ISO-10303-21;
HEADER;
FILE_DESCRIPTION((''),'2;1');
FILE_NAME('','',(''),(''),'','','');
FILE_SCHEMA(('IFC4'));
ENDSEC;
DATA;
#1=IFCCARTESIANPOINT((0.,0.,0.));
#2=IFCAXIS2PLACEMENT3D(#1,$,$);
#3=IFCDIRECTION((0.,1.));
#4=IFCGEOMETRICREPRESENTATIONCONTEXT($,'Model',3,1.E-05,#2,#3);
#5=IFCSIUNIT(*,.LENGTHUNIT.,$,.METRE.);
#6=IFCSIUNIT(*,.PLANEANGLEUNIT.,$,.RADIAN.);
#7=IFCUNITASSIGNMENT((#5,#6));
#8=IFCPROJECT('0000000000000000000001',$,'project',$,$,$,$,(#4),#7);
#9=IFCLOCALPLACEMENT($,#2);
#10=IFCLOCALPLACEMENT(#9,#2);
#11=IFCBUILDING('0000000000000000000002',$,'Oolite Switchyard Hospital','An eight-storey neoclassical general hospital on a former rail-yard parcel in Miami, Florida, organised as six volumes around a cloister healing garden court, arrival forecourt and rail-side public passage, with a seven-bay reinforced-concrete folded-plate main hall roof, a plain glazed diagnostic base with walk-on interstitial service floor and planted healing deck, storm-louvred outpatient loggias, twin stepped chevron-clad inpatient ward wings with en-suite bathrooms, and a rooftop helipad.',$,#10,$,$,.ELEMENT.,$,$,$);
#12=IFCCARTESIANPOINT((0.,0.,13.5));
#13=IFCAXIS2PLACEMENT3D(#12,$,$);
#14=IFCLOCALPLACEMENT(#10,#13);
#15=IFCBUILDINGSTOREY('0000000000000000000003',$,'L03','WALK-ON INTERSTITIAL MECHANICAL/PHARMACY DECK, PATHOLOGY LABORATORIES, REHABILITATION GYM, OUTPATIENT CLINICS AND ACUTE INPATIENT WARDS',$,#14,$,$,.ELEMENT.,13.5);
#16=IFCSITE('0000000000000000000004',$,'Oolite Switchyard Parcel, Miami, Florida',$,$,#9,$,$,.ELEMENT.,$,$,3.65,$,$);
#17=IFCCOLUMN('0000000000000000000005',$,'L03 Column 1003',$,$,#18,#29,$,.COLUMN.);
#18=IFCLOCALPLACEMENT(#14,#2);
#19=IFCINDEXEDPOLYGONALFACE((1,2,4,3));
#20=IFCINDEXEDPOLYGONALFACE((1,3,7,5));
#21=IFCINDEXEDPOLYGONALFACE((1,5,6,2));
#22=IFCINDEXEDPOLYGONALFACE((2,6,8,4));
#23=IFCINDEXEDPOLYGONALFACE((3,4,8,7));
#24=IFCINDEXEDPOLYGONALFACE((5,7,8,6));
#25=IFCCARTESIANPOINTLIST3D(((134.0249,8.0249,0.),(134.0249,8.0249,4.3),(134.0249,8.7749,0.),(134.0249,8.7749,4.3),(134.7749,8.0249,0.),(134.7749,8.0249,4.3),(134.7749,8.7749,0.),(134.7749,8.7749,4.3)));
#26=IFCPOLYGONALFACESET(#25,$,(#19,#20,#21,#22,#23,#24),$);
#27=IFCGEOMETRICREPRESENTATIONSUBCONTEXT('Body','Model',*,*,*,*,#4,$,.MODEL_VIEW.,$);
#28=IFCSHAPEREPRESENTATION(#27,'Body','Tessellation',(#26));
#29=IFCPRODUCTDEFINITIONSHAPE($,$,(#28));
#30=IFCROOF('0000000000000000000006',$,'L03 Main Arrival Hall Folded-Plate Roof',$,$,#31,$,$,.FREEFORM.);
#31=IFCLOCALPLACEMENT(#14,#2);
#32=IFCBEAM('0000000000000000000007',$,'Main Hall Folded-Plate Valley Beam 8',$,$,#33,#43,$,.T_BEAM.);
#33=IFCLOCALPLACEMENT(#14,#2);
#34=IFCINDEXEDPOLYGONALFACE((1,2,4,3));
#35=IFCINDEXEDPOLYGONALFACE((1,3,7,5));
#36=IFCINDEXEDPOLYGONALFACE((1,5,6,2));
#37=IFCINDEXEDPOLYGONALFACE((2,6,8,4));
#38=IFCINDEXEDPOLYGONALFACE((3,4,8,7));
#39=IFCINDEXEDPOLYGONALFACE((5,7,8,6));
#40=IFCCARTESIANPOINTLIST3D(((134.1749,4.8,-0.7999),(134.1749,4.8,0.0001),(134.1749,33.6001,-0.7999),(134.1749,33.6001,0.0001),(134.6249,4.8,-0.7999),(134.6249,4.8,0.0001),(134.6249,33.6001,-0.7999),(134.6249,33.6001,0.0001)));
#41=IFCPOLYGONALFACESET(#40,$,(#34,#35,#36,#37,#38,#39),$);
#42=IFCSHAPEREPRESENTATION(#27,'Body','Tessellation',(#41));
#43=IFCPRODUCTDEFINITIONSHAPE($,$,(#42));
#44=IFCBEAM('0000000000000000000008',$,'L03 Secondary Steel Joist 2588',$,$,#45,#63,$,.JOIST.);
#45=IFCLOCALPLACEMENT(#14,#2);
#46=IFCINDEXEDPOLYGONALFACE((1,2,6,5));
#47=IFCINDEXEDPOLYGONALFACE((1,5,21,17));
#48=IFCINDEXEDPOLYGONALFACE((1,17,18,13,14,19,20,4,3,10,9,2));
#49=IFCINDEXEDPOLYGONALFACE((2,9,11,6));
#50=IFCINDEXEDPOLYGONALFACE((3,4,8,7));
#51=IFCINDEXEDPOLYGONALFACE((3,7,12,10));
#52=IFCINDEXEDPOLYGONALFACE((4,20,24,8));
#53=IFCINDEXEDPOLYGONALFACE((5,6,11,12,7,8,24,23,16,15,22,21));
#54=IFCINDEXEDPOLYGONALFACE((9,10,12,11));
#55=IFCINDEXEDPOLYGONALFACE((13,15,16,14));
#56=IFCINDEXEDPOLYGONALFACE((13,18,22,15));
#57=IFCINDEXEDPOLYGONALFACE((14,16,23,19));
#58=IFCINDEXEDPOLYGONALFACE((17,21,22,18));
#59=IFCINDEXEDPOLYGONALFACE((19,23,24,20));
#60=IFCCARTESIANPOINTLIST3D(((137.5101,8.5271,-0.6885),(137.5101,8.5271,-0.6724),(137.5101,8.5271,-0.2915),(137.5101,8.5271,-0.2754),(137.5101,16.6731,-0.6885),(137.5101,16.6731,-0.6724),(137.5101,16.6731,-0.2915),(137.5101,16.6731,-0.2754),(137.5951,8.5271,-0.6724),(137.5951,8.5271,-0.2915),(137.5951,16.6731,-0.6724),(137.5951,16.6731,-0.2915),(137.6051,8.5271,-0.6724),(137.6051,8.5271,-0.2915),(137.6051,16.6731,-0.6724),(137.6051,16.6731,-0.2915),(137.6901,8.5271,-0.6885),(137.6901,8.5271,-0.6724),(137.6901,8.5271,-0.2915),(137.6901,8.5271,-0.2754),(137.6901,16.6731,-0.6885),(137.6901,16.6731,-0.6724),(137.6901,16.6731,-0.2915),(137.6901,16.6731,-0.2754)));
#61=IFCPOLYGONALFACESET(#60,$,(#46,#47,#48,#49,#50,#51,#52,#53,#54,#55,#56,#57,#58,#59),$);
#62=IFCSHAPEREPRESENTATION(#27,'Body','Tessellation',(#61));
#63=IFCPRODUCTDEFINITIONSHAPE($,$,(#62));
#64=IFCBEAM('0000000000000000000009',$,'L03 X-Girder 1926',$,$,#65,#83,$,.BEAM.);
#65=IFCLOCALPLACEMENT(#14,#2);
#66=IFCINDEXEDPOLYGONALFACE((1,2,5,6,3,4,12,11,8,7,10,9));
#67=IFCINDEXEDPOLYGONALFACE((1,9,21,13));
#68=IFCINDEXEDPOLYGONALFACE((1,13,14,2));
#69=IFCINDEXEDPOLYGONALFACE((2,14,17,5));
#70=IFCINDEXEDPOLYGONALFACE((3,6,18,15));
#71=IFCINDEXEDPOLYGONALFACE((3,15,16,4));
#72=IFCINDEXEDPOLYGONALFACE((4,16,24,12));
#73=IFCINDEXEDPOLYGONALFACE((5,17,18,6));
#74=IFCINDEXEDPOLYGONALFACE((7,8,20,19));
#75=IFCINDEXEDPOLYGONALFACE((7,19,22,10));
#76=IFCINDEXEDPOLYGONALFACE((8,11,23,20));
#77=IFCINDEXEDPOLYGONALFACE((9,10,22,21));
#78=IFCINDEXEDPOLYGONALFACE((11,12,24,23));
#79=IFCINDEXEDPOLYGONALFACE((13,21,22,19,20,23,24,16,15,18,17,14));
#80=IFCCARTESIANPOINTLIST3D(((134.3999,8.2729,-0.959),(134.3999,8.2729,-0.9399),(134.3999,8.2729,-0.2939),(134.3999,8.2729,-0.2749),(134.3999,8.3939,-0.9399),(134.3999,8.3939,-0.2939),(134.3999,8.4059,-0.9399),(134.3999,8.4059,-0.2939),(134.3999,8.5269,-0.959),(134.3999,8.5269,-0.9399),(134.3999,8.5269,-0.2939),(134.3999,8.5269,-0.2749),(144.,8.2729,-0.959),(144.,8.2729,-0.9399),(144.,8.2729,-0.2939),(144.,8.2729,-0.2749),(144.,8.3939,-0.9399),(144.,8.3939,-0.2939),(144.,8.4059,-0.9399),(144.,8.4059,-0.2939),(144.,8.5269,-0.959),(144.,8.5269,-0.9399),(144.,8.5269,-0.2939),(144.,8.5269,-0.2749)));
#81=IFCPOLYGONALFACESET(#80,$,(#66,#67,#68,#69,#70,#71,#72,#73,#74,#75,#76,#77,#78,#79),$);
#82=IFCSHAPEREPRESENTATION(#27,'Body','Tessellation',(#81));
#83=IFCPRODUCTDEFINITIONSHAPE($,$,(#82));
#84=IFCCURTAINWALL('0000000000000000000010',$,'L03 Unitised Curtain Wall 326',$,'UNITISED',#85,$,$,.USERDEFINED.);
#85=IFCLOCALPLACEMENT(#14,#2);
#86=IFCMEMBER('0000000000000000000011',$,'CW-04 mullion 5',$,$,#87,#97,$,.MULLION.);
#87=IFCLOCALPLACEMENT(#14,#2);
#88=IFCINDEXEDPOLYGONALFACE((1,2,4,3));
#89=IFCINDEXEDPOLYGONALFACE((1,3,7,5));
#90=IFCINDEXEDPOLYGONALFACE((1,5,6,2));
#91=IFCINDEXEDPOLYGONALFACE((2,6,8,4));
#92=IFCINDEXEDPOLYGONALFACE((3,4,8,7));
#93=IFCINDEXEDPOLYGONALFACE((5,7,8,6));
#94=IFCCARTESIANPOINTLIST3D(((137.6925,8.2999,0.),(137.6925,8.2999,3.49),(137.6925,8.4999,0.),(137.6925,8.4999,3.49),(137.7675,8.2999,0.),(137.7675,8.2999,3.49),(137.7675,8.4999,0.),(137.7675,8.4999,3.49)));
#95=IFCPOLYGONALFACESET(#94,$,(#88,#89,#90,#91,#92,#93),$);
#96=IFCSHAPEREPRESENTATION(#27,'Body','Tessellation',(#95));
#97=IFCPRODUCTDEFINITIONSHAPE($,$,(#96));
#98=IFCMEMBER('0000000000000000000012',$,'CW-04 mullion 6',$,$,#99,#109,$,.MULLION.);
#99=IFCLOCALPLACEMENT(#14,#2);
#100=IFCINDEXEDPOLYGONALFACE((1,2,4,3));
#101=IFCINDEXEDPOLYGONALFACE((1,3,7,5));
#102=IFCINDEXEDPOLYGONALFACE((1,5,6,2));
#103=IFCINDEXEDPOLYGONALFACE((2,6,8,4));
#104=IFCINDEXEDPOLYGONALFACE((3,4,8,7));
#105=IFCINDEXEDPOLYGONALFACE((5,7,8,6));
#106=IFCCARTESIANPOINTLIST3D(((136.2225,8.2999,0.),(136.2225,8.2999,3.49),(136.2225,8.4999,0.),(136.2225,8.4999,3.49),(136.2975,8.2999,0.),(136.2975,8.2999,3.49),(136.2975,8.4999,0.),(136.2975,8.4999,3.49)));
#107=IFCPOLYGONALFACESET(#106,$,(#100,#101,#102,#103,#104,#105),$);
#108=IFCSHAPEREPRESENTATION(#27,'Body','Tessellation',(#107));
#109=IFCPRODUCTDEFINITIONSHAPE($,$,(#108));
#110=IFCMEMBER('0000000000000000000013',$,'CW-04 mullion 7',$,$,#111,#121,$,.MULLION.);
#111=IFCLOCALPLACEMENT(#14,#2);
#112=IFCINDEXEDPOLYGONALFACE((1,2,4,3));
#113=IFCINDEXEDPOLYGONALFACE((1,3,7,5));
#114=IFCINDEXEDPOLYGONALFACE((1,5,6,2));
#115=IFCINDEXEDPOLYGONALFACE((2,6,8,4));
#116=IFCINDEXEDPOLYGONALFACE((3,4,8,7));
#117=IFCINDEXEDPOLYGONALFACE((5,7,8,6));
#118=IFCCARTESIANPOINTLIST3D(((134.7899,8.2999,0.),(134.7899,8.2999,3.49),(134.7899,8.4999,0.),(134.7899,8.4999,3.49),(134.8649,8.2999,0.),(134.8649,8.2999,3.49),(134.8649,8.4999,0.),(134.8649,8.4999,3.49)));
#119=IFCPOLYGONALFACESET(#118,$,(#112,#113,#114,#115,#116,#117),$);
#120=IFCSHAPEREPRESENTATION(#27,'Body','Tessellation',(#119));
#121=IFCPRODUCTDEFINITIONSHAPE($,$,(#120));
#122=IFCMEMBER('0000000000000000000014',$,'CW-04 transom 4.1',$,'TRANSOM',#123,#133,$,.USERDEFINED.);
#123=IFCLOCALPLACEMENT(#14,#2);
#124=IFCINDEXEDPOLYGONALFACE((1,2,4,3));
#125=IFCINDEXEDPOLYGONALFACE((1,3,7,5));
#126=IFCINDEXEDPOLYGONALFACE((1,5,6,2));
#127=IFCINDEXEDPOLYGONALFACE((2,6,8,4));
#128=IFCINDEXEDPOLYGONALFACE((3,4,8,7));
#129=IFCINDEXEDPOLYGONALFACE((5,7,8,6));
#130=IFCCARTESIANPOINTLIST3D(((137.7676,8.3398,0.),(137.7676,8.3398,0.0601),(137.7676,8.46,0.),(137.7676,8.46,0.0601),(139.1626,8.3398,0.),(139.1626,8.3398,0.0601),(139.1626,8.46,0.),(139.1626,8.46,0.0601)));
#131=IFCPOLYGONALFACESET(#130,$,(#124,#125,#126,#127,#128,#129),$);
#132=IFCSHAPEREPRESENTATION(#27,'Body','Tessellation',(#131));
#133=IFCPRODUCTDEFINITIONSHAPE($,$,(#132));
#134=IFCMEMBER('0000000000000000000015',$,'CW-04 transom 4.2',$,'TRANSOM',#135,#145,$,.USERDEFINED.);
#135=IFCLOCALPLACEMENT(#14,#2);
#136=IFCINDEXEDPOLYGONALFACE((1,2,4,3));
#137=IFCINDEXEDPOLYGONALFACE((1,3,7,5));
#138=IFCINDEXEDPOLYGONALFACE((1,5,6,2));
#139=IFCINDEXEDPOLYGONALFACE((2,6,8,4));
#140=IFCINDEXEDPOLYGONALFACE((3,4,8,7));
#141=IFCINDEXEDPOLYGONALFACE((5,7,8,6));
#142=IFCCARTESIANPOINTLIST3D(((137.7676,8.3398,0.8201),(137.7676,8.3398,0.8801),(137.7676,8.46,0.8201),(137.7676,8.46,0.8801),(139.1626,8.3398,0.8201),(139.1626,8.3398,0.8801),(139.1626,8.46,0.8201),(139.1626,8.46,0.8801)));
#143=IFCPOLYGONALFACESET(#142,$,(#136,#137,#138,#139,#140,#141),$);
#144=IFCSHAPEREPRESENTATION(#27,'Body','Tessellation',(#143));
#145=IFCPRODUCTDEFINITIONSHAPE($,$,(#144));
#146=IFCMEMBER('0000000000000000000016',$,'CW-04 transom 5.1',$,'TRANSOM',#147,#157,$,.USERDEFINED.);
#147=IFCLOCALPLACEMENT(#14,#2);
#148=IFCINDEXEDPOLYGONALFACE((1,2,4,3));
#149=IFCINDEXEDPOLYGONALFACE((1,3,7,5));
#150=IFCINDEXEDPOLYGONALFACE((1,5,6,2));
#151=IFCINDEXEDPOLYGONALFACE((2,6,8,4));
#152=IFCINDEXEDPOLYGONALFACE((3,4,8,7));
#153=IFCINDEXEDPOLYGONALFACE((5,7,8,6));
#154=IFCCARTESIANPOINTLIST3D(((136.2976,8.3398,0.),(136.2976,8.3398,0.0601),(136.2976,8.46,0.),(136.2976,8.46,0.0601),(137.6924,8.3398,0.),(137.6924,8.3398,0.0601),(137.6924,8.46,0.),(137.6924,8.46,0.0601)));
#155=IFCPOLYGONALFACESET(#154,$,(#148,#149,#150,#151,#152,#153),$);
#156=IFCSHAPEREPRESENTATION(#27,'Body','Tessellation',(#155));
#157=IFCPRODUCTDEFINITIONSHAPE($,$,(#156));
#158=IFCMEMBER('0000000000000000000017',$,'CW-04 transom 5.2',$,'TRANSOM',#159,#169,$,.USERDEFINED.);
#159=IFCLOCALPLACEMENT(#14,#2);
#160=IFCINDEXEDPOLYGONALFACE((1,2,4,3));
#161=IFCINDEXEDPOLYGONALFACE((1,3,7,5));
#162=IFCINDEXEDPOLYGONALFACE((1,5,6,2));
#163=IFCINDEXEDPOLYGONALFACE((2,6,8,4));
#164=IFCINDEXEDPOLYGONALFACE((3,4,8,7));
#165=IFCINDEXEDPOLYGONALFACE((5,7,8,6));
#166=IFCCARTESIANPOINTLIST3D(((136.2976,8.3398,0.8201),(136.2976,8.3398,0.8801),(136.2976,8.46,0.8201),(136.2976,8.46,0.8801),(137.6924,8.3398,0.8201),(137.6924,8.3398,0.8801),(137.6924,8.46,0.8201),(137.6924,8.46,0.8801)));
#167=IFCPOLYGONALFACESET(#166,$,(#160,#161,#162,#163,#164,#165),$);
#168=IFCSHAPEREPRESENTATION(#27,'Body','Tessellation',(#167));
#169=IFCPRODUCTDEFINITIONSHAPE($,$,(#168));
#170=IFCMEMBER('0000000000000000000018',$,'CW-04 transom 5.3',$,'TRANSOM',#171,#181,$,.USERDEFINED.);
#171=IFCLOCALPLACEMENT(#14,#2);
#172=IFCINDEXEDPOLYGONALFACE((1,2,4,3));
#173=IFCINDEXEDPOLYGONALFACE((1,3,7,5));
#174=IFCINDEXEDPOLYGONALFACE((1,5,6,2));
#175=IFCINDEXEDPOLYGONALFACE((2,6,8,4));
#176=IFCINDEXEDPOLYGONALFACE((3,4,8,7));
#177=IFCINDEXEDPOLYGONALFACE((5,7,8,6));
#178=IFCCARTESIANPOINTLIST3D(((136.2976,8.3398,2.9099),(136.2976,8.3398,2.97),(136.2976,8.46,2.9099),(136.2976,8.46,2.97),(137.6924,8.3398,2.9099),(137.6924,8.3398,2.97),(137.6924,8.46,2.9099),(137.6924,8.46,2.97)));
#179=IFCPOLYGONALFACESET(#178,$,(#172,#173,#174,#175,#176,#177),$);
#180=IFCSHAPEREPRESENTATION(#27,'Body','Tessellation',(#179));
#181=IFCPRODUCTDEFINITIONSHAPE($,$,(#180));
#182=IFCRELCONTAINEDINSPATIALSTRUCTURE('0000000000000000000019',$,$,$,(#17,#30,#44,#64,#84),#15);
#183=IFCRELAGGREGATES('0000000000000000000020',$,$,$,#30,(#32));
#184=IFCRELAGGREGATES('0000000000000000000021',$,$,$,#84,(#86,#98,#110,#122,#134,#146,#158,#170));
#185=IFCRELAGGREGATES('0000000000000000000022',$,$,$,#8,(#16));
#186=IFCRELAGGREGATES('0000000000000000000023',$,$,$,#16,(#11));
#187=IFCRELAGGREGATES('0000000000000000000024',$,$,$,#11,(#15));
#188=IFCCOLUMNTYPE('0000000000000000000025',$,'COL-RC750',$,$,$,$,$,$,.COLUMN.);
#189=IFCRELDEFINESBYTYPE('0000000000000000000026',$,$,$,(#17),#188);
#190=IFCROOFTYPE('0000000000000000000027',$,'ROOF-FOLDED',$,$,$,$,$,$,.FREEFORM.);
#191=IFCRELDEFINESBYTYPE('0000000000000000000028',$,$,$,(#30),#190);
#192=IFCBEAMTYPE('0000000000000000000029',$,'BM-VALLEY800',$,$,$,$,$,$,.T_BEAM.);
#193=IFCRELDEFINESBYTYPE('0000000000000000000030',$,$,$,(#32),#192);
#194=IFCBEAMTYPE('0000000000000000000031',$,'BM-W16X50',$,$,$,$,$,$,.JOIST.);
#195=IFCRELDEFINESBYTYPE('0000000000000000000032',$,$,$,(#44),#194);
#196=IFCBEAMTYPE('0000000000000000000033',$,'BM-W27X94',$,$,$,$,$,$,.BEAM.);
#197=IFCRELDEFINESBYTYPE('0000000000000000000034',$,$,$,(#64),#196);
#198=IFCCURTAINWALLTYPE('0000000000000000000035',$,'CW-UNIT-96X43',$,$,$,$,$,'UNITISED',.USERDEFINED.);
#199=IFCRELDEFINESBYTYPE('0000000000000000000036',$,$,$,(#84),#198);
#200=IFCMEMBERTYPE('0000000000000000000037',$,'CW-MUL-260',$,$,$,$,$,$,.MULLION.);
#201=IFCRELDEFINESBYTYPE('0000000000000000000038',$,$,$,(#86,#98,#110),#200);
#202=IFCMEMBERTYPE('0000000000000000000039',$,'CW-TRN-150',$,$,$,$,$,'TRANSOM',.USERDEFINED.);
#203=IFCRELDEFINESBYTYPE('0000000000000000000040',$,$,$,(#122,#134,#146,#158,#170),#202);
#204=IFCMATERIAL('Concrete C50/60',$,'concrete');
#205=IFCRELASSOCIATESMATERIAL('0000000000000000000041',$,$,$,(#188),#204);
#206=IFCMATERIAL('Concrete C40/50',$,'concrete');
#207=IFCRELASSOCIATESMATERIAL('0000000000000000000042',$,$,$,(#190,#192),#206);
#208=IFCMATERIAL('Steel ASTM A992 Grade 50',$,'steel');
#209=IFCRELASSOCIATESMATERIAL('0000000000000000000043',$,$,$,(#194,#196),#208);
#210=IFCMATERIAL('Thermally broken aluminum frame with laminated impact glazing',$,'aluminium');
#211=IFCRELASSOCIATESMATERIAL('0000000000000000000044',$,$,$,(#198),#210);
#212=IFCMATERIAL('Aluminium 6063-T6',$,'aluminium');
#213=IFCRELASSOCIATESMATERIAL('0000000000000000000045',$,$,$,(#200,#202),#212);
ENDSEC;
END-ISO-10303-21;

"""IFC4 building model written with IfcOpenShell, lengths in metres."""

from ifc_helpers import new_model, si_unit, direction, frame, origin, origin_2d, place, context, subcontext, project, spatial, rectangle, i_section, extrude, material, material_profile, profile_set, type_object, element, aggregate, save


model = new_model("IFC4")

# Units and contexts
model_context = context("Model", 3, precision=1e-05, world=origin(), true_north=direction((0.0, 1.0)))
body_context = subcontext(model_context, "Body", "Model", "MODEL_VIEW")
ifc_project = project(units=[si_unit("LENGTHUNIT", "METRE"), si_unit("PLANEANGLEUNIT", "RADIAN")], contexts=[model_context])

# Site, building, storey
site_placement = place(None, origin())
site = spatial("IfcSite", under=ifc_project, at=site_placement, Name="Oolite Switchyard Parcel, Miami, Florida", CompositionType="ELEMENT", RefElevation=3.65)
building_placement = place(site_placement, origin())
building = spatial("IfcBuilding", under=site, at=building_placement, Name="Oolite Switchyard Hospital", Description="An eight-storey neoclassical general hospital on a former rail-yard parcel in Miami, Florida, organised as six volumes around a cloister healing garden court, arrival forecourt and rail-side public passage, with a seven-bay reinforced-concrete folded-plate main hall roof, a plain glazed diagnostic base with walk-on interstitial service floor and planted healing deck, storm-louvred outpatient loggias, twin stepped chevron-clad inpatient ward wings with en-suite bathrooms, and a rooftop helipad.", CompositionType="ELEMENT")
storey_placement = place(building_placement, frame((0.0, 0.0, 13.5)))
storey = spatial("IfcBuildingStorey", under=building, at=storey_placement, Name="L03", Description="WALK-ON INTERSTITIAL MECHANICAL/PHARMACY DECK, PATHOLOGY LABORATORIES, REHABILITATION GYM, OUTPATIENT CLINICS AND ACUTE INPATIENT WARDS", CompositionType="ELEMENT", Elevation=13.5)

# Column
ifc_material_1 = material(Name="Concrete C50/60", Category="concrete")
ifc_material_profile_1 = material_profile(ifc_material_1, rectangle(XDim=0.75, YDim=0.75, at=origin_2d()), Name="RC750X750")
ifc_profile_set_1 = profile_set([ifc_material_profile_1], Name="Concrete C50/60")
column_type = type_object("IfcColumnType", Name="COL-RC750", PredefinedType="COLUMN", material=ifc_profile_set_1)
column_placement = place(storey_placement, frame((134.3999, 8.3999, 0.0), z_axis=(0.0, 0.0, 1.0), x_axis=(1.0, 0.0, 0.0)))
element("IfcColumn", 1, at=column_placement, inside=storey, type_object=column_type, Name="L03 Column 1003", PredefinedType="COLUMN", context=body_context, shape_type="SweptSolid", body=[
    extrude(rectangle(XDim=0.75, YDim=0.75, at=origin_2d()), origin(), (0.0, 0.0, 1.0), 4.3),
])

# Roof, beam
ifc_material_2 = material(Name="Concrete C40/50", Category="concrete")
roof_type = type_object("IfcRoofType", Name="ROOF-FOLDED", PredefinedType="FREEFORM", material=ifc_material_2)
roof_placement = place(storey_placement, origin())
roof = element("IfcRoof", 2, at=roof_placement, inside=storey, type_object=roof_type, Name="L03 Main Arrival Hall Folded-Plate Roof", PredefinedType="FREEFORM")
ifc_material_profile_2 = material_profile(ifc_material_2, rectangle(XDim=0.45, YDim=0.8, at=origin_2d()), Name="RCV450X800")
ifc_profile_set_2 = profile_set([ifc_material_profile_2], Name="Concrete C40/50")
beam_type_1 = type_object("IfcBeamType", Name="BM-VALLEY800", PredefinedType="T_BEAM", material=ifc_profile_set_2)
beam_1_placement = place(storey_placement, frame((134.3999, 4.8, -0.3999), z_axis=(0.0, 1.0, 0.0), x_axis=(-1.0, 0.0, 0.0)))
beam_1 = element("IfcBeam", 3, at=beam_1_placement, type_object=beam_type_1, Name="Main Hall Folded-Plate Valley Beam 8", PredefinedType="T_BEAM", context=body_context, shape_type="SweptSolid", body=[
    extrude(rectangle(XDim=0.45, YDim=0.8, at=origin_2d()), origin(), (0.0, 0.0, 1.0), 28.8),
])
aggregate(roof, [beam_1])

# Beams
ifc_material_3 = material(Name="Steel ASTM A992 Grade 50", Category="steel")
ifc_material_profile_3 = material_profile(ifc_material_3, i_section(OverallWidth=0.1799, OverallDepth=0.4131, WebThickness=0.01, FlangeThickness=0.0161, at=origin_2d()), Name="W16X50")
ifc_profile_set_3 = profile_set([ifc_material_profile_3], Name="Steel ASTM A992 Grade 50")
beam_type_2 = type_object("IfcBeamType", Name="BM-W16X50", PredefinedType="JOIST", material=ifc_profile_set_3)
beam_2_placement = place(storey_placement, frame((137.6001, 8.5271, -0.4819), z_axis=(0.0, 1.0, 0.0), x_axis=(-1.0, 0.0, 0.0)))
element("IfcBeam", 4, at=beam_2_placement, inside=storey, type_object=beam_type_2, Name="L03 Secondary Steel Joist 2588", PredefinedType="JOIST", context=body_context, shape_type="SweptSolid", body=[
    extrude(i_section(OverallWidth=0.1799, OverallDepth=0.4131, WebThickness=0.01, FlangeThickness=0.0161, at=origin_2d()), origin(), (0.0, 0.0, 1.0), 8.146),
])
ifc_material_profile_4 = material_profile(ifc_material_3, i_section(OverallWidth=0.2539, OverallDepth=0.6841, WebThickness=0.012, FlangeThickness=0.019, at=origin_2d()), Name="W27X94")
ifc_profile_set_4 = profile_set([ifc_material_profile_4], Name="Steel ASTM A992 Grade 50")
beam_type_3 = type_object("IfcBeamType", Name="BM-W27X94", PredefinedType="BEAM", material=ifc_profile_set_4)
beam_3_placement = place(storey_placement, frame((134.3999, 8.3999, -0.6169), z_axis=(1.0, 0.0, 0.0), x_axis=(0.0, 1.0, 0.0)))
element("IfcBeam", 5, at=beam_3_placement, inside=storey, type_object=beam_type_3, Name="L03 X-Girder 1926", PredefinedType="BEAM", context=body_context, shape_type="SweptSolid", body=[
    extrude(i_section(OverallWidth=0.2539, OverallDepth=0.6841, WebThickness=0.012, FlangeThickness=0.019, at=origin_2d()), origin(), (0.0, 0.0, 1.0), 9.6001),
])

# Curtain wall, members
ifc_material_4 = material(Name="Thermally broken aluminum frame with laminated impact glazing", Category="aluminium")
curtain_wall_type = type_object("IfcCurtainWallType", Name="CW-UNIT-96X43", ElementType="UNITISED", PredefinedType="USERDEFINED", material=ifc_material_4)
curtain_wall_placement = place(storey_placement, origin())
curtain_wall = element("IfcCurtainWall", 6, at=curtain_wall_placement, inside=storey, type_object=curtain_wall_type, Name="L03 Unitised Curtain Wall 326", ObjectType="UNITISED", PredefinedType="USERDEFINED")
ifc_material_5 = material(Name="Aluminium 6063-T6", Category="aluminium")
ifc_material_profile_5 = material_profile(ifc_material_5, rectangle(XDim=0.2, YDim=0.075, at=origin_2d()), Name="CWM75X200")
ifc_profile_set_5 = profile_set([ifc_material_profile_5], Name="Aluminium 6063-T6")
member_type_1 = type_object("IfcMemberType", Name="CW-MUL-260", PredefinedType="MULLION", material=ifc_profile_set_5)
member_1_placement = place(storey_placement, frame((137.73, 8.3999, 0.0), z_axis=(0.0, 0.0, 1.0), x_axis=(0.0, -1.0, 0.0)))
member_1 = element("IfcMember", 7, at=member_1_placement, type_object=member_type_1, Name="CW-04 mullion 5", PredefinedType="MULLION", context=body_context, shape_type="SweptSolid", body=[
    extrude(rectangle(XDim=0.2, YDim=0.075, at=origin_2d()), origin(), (0.0, 0.0, 1.0), 3.49),
])
member_2_placement = place(storey_placement, frame((136.26, 8.3999, 0.0), z_axis=(0.0, 0.0, 1.0), x_axis=(0.0, -1.0, 0.0)))
member_2 = element("IfcMember", 8, at=member_2_placement, type_object=member_type_1, Name="CW-04 mullion 6", PredefinedType="MULLION", context=body_context, shape_type="SweptSolid", body=[
    extrude(rectangle(XDim=0.2, YDim=0.075, at=origin_2d()), origin(), (0.0, 0.0, 1.0), 3.49),
])
member_3_placement = place(storey_placement, frame((134.8274, 8.3999, 0.0), z_axis=(0.0, 0.0, 1.0), x_axis=(0.0, -1.0, 0.0)))
member_3 = element("IfcMember", 9, at=member_3_placement, type_object=member_type_1, Name="CW-04 mullion 7", PredefinedType="MULLION", context=body_context, shape_type="SweptSolid", body=[
    extrude(rectangle(XDim=0.2, YDim=0.075, at=origin_2d()), origin(), (0.0, 0.0, 1.0), 3.49),
])
ifc_material_profile_6 = material_profile(ifc_material_5, rectangle(XDim=0.1201, YDim=0.0601, at=origin_2d()), Name="CWT60X120")
ifc_profile_set_6 = profile_set([ifc_material_profile_6], Name="Aluminium 6063-T6")
member_type_2 = type_object("IfcMemberType", Name="CW-TRN-150", ElementType="TRANSOM", PredefinedType="USERDEFINED", material=ifc_profile_set_6)
member_4_placement = place(storey_placement, frame((139.1626, 8.3999, 0.03), z_axis=(-1.0, 0.0, 0.0), x_axis=(0.0, -1.0, 0.0)))
member_4 = element("IfcMember", 10, at=member_4_placement, type_object=member_type_2, Name="CW-04 transom 4.1", ObjectType="TRANSOM", PredefinedType="USERDEFINED", context=body_context, shape_type="SweptSolid", body=[
    extrude(rectangle(XDim=0.1201, YDim=0.0601, at=origin_2d()), origin(), (0.0, 0.0, 1.0), 1.395),
])
member_5_placement = place(storey_placement, frame((139.1626, 8.3999, 0.8501), z_axis=(-1.0, 0.0, 0.0), x_axis=(0.0, -1.0, 0.0)))
member_5 = element("IfcMember", 11, at=member_5_placement, type_object=member_type_2, Name="CW-04 transom 4.2", ObjectType="TRANSOM", PredefinedType="USERDEFINED", context=body_context, shape_type="SweptSolid", body=[
    extrude(rectangle(XDim=0.1201, YDim=0.0601, at=origin_2d()), origin(), (0.0, 0.0, 1.0), 1.395),
])
member_6_placement = place(storey_placement, frame((137.6924, 8.3999, 0.03), z_axis=(-1.0, 0.0, 0.0), x_axis=(0.0, -1.0, 0.0)))
member_6 = element("IfcMember", 12, at=member_6_placement, type_object=member_type_2, Name="CW-04 transom 5.1", ObjectType="TRANSOM", PredefinedType="USERDEFINED", context=body_context, shape_type="SweptSolid", body=[
    extrude(rectangle(XDim=0.1201, YDim=0.0601, at=origin_2d()), origin(), (0.0, 0.0, 1.0), 1.3948),
])
member_7_placement = place(storey_placement, frame((137.6924, 8.3999, 0.8501), z_axis=(-1.0, 0.0, 0.0), x_axis=(0.0, -1.0, 0.0)))
member_7 = element("IfcMember", 13, at=member_7_placement, type_object=member_type_2, Name="CW-04 transom 5.2", ObjectType="TRANSOM", PredefinedType="USERDEFINED", context=body_context, shape_type="SweptSolid", body=[
    extrude(rectangle(XDim=0.1201, YDim=0.0601, at=origin_2d()), origin(), (0.0, 0.0, 1.0), 1.3948),
])
member_8_placement = place(storey_placement, frame((137.6924, 8.3999, 2.9399), z_axis=(-1.0, 0.0, 0.0), x_axis=(0.0, -1.0, 0.0)))
member_8 = element("IfcMember", 14, at=member_8_placement, type_object=member_type_2, Name="CW-04 transom 5.3", ObjectType="TRANSOM", PredefinedType="USERDEFINED", context=body_context, shape_type="SweptSolid", body=[
    extrude(rectangle(XDim=0.1201, YDim=0.0601, at=origin_2d()), origin(), (0.0, 0.0, 1.0), 1.3948),
])
aggregate(curtain_wall, [member_1, member_2, member_3, member_4, member_5, member_6, member_7, member_8])

save(model, "model.ifc")
